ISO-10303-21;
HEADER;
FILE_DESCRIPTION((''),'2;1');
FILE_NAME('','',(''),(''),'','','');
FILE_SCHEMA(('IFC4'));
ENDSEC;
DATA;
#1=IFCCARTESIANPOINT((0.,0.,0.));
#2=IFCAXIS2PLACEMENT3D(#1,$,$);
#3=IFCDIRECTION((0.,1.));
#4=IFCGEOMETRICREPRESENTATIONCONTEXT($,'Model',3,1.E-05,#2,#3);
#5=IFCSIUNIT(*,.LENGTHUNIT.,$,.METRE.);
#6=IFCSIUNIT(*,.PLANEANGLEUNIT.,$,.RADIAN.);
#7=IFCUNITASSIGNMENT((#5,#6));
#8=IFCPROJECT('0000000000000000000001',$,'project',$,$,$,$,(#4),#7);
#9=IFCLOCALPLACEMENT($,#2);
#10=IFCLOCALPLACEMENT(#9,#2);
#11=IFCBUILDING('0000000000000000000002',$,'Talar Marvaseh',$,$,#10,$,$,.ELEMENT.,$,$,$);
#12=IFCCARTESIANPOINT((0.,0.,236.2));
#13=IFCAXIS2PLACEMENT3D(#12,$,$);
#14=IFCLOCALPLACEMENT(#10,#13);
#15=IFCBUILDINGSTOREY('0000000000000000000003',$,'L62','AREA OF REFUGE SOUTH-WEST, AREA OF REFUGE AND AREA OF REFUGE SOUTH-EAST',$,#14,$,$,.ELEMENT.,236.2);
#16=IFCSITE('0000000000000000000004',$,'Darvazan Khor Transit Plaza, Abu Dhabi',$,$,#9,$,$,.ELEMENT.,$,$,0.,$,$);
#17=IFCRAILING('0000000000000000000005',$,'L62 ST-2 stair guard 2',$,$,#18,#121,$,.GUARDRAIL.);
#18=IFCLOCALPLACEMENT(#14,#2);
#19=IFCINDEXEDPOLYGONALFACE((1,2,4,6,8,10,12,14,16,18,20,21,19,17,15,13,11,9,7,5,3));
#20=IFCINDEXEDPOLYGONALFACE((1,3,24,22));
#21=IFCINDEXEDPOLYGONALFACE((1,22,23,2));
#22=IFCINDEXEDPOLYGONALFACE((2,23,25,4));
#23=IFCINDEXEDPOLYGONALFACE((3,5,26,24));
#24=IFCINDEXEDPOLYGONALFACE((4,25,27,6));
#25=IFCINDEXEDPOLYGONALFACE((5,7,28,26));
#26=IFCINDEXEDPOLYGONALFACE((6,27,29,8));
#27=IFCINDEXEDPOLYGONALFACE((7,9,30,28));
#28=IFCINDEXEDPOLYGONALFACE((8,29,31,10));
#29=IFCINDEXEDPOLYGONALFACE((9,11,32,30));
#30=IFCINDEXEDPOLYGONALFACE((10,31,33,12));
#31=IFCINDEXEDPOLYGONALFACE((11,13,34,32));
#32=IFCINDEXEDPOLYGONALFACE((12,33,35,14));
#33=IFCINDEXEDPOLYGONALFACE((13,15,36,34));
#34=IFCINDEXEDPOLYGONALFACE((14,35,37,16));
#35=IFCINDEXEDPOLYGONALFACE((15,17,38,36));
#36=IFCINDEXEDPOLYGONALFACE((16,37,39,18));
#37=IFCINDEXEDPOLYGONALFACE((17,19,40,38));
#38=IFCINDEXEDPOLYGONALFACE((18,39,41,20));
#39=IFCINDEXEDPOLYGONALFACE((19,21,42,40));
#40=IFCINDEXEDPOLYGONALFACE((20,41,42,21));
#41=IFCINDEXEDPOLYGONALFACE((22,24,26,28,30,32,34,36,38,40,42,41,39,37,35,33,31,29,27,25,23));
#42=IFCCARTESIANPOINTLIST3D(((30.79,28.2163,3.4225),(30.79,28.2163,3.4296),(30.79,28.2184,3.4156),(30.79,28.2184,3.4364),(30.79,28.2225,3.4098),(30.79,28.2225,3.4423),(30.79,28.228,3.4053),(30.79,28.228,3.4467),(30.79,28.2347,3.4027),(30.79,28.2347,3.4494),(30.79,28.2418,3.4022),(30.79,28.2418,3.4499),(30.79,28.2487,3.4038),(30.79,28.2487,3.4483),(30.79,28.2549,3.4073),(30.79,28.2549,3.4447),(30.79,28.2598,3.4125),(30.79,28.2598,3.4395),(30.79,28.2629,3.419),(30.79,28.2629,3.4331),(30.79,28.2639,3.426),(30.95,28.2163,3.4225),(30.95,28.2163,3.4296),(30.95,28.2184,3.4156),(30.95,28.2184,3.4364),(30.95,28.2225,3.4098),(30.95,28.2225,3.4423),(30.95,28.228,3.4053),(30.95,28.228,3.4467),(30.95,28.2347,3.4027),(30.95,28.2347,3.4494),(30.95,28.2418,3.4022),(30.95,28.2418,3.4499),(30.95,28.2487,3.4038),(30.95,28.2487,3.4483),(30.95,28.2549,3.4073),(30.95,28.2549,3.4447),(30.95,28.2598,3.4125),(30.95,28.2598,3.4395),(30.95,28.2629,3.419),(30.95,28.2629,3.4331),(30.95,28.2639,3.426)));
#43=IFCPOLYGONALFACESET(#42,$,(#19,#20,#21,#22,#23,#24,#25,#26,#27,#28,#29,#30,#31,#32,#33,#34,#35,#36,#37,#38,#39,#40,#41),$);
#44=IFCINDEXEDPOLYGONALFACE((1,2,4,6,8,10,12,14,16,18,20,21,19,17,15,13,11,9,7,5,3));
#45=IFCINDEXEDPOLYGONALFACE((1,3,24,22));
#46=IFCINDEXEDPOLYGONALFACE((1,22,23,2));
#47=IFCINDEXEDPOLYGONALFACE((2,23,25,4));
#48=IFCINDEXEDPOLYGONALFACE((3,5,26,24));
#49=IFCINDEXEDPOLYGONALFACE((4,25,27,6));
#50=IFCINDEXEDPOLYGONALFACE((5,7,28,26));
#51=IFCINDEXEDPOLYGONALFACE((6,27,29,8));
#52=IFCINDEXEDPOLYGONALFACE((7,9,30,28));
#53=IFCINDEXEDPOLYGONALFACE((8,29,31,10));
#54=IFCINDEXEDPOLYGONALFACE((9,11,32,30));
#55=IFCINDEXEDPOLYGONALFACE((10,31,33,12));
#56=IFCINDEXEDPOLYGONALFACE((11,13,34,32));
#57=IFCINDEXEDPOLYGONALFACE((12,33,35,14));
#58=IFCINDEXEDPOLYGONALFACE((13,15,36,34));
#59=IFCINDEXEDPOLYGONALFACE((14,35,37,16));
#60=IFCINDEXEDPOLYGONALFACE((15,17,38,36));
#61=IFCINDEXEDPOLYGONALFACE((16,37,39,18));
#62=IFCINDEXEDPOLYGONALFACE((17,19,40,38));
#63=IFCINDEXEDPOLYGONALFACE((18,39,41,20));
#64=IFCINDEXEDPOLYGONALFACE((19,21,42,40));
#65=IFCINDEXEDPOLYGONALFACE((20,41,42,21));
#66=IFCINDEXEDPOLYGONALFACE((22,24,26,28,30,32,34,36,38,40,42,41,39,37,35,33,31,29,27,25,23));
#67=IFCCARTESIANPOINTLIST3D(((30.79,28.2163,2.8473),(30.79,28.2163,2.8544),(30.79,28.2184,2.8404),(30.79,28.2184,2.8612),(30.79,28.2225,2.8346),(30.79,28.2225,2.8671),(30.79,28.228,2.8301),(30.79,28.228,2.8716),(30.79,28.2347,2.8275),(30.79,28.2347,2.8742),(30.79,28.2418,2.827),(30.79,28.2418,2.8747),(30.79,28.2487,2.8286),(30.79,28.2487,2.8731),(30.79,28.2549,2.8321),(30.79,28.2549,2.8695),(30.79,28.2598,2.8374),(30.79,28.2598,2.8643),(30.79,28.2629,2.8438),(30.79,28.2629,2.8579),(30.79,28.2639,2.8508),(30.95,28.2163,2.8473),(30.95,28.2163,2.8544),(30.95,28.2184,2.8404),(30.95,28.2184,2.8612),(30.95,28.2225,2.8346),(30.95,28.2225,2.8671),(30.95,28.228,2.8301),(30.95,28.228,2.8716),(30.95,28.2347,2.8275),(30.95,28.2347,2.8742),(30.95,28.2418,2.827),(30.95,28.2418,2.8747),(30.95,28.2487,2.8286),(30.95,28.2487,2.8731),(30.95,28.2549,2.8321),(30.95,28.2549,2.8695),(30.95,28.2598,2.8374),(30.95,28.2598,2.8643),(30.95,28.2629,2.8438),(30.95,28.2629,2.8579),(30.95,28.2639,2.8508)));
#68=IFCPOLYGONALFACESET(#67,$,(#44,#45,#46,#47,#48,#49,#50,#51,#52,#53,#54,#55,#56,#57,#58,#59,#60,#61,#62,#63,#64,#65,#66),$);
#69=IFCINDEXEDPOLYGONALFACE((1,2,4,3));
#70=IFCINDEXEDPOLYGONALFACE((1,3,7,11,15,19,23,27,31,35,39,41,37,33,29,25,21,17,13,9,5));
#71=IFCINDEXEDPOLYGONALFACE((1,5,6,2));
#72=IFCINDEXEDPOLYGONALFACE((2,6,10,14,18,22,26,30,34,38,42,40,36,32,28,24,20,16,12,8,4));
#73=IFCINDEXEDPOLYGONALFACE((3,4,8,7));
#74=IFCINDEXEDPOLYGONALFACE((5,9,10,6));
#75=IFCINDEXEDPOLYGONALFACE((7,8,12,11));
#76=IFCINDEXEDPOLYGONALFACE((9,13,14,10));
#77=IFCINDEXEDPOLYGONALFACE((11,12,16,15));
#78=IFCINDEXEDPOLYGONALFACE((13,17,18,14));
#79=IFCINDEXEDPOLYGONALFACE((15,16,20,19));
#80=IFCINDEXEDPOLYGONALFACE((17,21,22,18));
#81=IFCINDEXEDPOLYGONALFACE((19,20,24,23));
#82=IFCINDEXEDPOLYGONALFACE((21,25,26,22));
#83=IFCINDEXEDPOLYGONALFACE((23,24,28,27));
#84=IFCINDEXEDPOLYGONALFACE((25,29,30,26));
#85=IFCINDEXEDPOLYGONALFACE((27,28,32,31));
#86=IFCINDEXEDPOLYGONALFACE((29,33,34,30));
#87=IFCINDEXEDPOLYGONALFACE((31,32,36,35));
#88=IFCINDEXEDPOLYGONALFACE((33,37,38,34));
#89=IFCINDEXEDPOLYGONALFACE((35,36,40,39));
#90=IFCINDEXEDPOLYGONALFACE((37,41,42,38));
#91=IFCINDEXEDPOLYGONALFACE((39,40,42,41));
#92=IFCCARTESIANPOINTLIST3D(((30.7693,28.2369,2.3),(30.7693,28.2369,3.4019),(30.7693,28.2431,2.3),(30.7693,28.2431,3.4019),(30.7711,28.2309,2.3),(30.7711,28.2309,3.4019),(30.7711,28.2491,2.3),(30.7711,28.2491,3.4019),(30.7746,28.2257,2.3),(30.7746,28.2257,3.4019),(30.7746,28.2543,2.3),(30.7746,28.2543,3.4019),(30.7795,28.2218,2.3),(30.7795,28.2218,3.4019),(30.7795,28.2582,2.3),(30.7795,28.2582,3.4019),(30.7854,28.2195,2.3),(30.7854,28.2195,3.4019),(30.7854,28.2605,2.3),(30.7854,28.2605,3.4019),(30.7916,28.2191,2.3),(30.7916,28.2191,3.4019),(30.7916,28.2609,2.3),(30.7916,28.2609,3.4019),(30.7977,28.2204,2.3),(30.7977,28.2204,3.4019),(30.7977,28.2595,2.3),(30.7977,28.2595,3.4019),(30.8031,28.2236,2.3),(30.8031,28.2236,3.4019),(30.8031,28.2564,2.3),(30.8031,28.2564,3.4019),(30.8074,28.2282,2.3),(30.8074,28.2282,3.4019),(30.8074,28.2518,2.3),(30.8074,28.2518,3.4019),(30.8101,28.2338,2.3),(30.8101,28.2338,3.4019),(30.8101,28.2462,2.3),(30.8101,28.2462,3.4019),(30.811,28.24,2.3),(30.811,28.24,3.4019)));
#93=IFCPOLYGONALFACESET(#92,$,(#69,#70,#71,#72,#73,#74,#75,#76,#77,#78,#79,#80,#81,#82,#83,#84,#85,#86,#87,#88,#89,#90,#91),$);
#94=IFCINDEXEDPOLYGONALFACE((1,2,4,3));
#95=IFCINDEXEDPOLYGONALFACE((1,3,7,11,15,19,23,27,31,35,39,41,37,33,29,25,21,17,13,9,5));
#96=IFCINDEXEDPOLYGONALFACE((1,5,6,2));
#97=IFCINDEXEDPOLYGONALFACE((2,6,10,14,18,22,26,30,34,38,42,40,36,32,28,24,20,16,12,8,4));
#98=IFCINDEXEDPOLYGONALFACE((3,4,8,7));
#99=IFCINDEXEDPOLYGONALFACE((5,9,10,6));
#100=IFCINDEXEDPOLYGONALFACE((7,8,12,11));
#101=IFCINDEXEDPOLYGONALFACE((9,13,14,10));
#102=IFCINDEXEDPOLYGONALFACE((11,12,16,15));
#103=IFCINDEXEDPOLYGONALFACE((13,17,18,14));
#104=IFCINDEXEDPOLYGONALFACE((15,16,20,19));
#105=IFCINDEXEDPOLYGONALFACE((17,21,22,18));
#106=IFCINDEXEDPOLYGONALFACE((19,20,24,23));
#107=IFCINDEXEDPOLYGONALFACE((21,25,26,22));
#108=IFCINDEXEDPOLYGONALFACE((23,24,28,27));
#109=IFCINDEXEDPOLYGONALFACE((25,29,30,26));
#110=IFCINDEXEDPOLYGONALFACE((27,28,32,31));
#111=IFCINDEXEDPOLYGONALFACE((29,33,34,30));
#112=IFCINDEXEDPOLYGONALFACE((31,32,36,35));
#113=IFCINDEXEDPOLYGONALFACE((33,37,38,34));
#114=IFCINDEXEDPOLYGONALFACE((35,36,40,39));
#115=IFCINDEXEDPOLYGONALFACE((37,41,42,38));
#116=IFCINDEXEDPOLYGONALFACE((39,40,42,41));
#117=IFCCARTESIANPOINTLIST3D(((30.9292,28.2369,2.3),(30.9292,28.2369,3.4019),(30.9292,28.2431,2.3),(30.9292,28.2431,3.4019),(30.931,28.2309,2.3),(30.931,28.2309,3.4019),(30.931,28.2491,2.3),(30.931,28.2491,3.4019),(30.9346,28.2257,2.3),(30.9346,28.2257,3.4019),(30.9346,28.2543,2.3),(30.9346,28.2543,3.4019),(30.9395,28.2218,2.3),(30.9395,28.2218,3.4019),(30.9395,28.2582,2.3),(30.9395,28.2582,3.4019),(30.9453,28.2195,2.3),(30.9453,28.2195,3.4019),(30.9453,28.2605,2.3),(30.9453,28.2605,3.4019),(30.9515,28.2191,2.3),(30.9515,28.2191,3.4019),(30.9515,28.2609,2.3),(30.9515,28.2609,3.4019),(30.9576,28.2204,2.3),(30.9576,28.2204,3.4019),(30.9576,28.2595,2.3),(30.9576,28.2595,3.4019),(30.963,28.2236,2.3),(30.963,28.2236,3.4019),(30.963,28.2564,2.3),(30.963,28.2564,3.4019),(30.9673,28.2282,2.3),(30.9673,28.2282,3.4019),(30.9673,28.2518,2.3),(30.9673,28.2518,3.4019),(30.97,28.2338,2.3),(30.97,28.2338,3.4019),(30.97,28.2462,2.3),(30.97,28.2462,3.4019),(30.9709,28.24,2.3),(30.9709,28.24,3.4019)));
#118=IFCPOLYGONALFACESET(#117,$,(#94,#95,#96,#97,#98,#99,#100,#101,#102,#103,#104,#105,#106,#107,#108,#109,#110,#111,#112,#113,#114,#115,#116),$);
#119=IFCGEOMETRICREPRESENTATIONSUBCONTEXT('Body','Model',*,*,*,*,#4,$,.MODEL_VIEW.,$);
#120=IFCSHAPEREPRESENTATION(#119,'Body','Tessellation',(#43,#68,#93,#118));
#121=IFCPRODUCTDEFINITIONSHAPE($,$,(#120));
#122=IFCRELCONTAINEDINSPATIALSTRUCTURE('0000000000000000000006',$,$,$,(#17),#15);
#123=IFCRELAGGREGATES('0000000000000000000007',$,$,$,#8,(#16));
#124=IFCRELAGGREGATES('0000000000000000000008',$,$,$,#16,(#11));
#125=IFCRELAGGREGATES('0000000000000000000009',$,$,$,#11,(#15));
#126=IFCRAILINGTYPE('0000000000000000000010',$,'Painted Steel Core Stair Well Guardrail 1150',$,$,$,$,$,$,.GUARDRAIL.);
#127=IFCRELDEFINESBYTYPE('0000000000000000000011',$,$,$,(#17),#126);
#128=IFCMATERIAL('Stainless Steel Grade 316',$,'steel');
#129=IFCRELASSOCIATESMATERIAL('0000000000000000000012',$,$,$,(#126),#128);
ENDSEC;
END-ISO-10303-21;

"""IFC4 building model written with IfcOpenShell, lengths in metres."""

from ifc_helpers import new_model, si_unit, direction, frame, origin, origin_2d, place, context, subcontext, project, spatial, circle, extrude, material, type_object, element, save


model = new_model("IFC4")

# Units and contexts
model_context = context("Model", 3, precision=1e-05, world=origin(), true_north=direction((0.0, 1.0)))
body_context = subcontext(model_context, "Body", "Model", "MODEL_VIEW")
ifc_project = project(units=[si_unit("LENGTHUNIT", "METRE"), si_unit("PLANEANGLEUNIT", "RADIAN")], contexts=[model_context])

# Site, building, storey
site_placement = place(None, origin())
site = spatial("IfcSite", under=ifc_project, at=site_placement, Name="Darvazan Khor Transit Plaza, Abu Dhabi", CompositionType="ELEMENT", RefElevation=0.0)
building_placement = place(site_placement, origin())
building = spatial("IfcBuilding", under=site, at=building_placement, Name="Talar Marvaseh", CompositionType="ELEMENT")
storey_placement = place(building_placement, frame((0.0, 0.0, 236.2)))
storey = spatial("IfcBuildingStorey", under=building, at=storey_placement, Name="L62", Description="AREA OF REFUGE SOUTH-WEST, AREA OF REFUGE AND AREA OF REFUGE SOUTH-EAST", CompositionType="ELEMENT", Elevation=236.2)

# Shared definitions
ifc_material_1 = material(Name="Stainless Steel Grade 316", Category="steel")

# Railing
railing_type_1 = type_object("IfcRailingType", Name="Painted Steel Core Stair Well Guardrail 1150", PredefinedType="GUARDRAIL", material=ifc_material_1)
railing_1_placement = place(storey_placement, frame((30.79, 28.24, 2.3)))
element("IfcRailing", 1, at=railing_1_placement, inside=storey, type_object=railing_type_1, Name="L62 ST-2 stair guard 2", PredefinedType="GUARDRAIL", context=body_context, shape_type="SweptSolid", body=[
    extrude(circle(Radius=0.0239, at=origin_2d()), frame((0.0, 0.0, 1.126), z_axis=(1.0, 0.0, 0.0), x_axis=(0.0, 1.0, 0.0)), (0.0, 0.0, 1.0), 0.1599),
    extrude(circle(Radius=0.0239, at=origin_2d()), frame((0.0, 0.0, 0.5508), z_axis=(1.0, 0.0, 0.0), x_axis=(0.0, 1.0, 0.0)), (0.0, 0.0, 1.0), 0.1599),
    extrude(circle(Radius=0.021, at=origin_2d()), origin(), (0.0, 0.0, 1.0), 1.1018),
    extrude(circle(Radius=0.021, at=origin_2d()), frame((0.1599, 0.0, 0.0)), (0.0, 0.0, 1.0), 1.1018),
])

save(model, "model.ifc")
